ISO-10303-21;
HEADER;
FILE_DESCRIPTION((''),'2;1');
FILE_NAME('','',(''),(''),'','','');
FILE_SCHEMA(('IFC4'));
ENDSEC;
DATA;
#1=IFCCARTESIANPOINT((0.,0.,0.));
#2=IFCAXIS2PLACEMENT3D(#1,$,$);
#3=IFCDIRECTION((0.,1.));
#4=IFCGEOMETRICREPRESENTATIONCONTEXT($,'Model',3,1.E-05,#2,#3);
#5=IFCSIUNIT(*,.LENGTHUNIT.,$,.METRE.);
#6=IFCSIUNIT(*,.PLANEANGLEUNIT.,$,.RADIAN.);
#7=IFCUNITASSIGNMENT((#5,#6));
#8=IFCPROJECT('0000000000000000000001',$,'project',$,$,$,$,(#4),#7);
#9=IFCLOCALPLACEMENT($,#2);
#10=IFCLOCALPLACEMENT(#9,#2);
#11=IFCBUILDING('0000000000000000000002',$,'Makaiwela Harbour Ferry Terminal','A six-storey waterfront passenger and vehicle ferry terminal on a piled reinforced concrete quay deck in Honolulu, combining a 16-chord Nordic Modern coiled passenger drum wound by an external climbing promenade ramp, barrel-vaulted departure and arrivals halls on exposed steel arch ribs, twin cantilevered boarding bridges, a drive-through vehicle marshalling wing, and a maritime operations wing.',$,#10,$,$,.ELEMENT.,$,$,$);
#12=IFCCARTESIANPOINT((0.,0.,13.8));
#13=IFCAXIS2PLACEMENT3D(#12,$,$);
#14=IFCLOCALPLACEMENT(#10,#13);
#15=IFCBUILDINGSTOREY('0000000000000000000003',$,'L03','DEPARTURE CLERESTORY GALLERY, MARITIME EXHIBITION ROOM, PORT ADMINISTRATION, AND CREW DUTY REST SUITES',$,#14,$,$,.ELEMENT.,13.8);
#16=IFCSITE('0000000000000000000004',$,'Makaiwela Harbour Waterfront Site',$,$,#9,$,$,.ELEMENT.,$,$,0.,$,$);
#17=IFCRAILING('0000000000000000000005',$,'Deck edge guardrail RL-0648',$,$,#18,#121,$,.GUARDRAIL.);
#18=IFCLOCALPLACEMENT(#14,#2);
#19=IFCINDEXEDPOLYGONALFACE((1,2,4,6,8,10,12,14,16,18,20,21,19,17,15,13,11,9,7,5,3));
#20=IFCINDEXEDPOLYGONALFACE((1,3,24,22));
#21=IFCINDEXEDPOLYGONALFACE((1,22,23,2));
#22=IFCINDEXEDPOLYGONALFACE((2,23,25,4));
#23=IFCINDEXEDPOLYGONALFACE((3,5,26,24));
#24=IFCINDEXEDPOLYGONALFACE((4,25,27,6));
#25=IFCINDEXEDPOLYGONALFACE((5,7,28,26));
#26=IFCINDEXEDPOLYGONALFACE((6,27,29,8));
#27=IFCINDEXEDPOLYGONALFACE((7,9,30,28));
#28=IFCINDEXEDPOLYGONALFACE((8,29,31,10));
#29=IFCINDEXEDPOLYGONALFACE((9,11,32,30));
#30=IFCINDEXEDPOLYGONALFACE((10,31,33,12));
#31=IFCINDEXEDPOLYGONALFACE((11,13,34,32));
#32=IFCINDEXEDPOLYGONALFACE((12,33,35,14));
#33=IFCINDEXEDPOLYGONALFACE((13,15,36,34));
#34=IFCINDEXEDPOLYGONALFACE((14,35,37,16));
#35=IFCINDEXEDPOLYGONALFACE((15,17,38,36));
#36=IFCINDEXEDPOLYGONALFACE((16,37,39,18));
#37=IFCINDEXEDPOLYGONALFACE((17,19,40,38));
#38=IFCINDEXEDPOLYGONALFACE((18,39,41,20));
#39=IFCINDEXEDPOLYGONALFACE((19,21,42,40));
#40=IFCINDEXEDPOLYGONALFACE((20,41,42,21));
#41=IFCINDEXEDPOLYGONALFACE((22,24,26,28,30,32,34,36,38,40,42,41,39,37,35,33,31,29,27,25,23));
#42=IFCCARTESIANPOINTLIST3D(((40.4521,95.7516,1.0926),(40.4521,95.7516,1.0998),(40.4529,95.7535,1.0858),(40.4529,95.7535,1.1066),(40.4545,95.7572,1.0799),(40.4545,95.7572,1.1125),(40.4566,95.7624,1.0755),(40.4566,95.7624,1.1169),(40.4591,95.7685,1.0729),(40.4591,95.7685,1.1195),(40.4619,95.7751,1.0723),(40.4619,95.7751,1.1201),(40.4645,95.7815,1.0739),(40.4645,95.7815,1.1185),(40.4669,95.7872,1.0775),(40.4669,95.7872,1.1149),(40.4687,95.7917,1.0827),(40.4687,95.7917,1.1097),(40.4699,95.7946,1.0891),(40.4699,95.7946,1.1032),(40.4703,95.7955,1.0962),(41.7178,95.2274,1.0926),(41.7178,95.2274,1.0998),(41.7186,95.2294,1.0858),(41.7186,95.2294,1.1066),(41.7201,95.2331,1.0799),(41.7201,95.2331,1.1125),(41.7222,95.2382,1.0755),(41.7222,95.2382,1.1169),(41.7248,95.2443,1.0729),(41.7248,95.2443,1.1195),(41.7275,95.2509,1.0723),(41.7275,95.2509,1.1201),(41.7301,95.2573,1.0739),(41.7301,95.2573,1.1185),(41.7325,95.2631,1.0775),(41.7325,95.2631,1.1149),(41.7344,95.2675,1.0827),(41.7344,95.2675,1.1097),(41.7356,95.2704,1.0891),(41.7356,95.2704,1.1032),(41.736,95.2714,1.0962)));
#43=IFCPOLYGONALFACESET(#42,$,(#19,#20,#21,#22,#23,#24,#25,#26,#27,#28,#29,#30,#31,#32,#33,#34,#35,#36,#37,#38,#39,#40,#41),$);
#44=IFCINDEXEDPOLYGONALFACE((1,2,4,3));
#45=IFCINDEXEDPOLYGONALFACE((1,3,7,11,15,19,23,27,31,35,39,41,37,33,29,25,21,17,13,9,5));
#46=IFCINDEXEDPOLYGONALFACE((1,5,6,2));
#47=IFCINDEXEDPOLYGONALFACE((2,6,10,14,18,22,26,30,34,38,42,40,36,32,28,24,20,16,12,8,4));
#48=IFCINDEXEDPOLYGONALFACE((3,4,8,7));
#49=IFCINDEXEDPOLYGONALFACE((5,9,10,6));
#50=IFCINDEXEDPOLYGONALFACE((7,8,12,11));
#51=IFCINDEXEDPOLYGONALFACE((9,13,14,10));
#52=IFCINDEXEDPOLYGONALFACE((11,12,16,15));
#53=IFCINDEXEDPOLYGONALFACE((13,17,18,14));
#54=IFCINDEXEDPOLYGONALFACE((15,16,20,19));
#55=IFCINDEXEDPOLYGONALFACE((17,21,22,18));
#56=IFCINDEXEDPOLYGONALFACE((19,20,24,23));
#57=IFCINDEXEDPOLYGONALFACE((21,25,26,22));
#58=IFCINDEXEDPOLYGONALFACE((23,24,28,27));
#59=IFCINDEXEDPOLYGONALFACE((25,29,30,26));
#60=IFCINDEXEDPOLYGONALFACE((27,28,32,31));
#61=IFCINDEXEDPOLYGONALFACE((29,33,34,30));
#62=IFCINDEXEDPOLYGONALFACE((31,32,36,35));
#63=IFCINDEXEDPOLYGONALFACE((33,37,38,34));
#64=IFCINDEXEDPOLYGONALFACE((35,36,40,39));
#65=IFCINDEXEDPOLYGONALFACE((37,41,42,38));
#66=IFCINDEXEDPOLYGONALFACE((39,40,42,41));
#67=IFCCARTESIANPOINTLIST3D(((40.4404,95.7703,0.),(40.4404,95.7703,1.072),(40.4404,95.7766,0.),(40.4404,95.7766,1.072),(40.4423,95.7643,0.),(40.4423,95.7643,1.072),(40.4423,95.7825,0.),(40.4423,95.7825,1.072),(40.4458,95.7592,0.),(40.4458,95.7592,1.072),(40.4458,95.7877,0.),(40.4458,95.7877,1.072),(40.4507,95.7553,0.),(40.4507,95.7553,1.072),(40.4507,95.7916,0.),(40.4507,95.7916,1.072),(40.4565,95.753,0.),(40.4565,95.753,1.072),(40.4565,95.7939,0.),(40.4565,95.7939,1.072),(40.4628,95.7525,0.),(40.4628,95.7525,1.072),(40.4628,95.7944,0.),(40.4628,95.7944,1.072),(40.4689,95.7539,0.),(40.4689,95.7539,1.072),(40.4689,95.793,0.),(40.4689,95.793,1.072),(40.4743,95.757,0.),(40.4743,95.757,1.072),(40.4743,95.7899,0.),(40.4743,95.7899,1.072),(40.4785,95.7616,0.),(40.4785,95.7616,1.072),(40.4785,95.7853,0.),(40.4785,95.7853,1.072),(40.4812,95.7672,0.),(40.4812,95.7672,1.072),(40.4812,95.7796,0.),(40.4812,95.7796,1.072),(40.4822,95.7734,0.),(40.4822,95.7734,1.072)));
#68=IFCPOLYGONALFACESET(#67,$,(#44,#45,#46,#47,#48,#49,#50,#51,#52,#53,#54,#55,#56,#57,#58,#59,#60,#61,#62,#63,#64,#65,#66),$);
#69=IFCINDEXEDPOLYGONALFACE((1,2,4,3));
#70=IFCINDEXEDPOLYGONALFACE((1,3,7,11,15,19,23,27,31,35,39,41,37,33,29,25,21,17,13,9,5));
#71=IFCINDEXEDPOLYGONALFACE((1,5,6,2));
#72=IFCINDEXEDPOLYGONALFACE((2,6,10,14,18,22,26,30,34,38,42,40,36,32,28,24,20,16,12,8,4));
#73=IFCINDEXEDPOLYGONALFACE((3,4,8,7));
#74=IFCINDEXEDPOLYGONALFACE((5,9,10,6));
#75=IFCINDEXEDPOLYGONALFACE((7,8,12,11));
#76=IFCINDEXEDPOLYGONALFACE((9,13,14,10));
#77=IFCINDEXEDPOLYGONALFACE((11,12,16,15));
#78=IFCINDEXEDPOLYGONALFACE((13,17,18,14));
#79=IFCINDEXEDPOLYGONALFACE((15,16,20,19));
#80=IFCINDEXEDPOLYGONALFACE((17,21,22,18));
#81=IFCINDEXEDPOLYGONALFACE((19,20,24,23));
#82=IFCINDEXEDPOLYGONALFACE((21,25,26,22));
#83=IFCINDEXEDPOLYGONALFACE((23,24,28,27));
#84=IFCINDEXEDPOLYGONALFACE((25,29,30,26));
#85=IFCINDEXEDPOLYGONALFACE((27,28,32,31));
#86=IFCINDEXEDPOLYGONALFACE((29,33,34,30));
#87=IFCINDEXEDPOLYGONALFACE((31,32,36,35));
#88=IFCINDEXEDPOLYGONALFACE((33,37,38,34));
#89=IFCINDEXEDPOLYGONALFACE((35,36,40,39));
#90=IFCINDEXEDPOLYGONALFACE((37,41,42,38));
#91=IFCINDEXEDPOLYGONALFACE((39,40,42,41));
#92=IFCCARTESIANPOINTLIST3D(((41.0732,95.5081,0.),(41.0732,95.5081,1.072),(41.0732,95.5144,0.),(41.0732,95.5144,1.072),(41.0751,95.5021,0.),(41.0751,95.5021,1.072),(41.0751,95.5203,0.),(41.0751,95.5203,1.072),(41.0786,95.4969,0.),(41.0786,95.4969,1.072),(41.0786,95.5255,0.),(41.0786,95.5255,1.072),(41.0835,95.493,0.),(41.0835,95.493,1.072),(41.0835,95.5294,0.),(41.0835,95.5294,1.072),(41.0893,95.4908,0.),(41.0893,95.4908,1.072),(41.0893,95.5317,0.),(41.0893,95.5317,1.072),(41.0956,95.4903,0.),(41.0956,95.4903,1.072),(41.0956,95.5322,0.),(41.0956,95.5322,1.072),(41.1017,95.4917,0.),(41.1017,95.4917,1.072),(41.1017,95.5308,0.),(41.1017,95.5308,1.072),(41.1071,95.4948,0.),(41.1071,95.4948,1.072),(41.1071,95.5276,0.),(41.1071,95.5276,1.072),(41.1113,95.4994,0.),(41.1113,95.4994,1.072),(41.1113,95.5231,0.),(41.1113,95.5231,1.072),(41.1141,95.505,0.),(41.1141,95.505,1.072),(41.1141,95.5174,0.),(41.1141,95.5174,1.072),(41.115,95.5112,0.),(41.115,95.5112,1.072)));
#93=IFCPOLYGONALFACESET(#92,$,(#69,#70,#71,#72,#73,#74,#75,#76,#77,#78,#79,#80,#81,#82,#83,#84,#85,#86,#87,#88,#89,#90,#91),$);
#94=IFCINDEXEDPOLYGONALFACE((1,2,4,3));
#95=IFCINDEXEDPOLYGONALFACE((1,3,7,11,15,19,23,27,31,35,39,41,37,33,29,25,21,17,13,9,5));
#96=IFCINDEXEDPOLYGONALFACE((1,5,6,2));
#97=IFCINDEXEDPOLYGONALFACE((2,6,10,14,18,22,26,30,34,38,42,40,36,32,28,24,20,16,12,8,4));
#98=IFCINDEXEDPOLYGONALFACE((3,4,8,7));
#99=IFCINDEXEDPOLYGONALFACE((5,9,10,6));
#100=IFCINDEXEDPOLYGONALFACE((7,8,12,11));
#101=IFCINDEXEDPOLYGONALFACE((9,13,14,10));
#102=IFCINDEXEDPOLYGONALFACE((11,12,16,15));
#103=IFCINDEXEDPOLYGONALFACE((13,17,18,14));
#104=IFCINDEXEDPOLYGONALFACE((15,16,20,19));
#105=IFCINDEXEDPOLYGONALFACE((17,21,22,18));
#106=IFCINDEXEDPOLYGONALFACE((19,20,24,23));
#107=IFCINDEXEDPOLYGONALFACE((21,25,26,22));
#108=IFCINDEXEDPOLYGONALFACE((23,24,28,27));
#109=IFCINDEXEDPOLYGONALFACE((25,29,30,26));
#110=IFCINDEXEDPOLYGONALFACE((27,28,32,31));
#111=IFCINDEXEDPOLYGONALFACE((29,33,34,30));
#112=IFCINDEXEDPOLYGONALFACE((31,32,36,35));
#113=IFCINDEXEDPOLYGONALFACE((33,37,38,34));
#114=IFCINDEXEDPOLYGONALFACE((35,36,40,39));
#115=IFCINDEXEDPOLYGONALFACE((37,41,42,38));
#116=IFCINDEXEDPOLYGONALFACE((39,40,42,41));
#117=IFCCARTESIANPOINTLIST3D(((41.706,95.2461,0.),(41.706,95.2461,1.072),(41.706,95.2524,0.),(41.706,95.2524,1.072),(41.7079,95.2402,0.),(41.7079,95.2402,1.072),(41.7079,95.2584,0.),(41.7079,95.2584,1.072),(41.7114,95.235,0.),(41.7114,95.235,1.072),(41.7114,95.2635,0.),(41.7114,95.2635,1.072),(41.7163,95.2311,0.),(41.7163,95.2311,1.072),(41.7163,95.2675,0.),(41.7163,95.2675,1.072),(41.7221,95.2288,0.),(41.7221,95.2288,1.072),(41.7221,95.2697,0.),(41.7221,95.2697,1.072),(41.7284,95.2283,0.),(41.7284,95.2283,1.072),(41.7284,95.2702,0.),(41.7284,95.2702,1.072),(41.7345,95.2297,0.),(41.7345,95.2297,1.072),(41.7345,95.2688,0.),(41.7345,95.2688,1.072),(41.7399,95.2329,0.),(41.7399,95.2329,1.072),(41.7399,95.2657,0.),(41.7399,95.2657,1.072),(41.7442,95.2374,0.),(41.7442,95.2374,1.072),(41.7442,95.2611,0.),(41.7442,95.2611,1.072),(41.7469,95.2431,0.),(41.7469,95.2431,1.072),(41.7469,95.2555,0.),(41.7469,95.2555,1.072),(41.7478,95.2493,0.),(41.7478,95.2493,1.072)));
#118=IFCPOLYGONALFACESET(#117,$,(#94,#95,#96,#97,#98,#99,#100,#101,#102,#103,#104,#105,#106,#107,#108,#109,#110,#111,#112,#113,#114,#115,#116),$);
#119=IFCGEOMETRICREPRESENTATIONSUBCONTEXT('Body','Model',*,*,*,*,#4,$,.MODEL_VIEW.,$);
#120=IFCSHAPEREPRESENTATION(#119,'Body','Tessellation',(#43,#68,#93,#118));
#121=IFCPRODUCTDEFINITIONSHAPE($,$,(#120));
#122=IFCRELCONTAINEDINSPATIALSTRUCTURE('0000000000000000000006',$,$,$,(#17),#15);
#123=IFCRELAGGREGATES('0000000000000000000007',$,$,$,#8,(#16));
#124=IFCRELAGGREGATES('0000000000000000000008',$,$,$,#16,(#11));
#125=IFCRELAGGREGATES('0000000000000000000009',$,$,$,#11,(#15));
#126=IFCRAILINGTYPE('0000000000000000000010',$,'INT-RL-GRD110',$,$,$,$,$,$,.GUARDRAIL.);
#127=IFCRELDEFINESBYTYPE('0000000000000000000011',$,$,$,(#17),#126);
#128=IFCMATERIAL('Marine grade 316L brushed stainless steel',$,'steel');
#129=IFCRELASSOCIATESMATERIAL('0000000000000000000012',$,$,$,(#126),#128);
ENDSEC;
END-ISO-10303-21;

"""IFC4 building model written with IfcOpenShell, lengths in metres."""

from ifc_helpers import new_model, si_unit, direction, frame, origin, origin_2d, place, context, subcontext, project, spatial, circle, extrude, material, type_object, element, save


model = new_model("IFC4")

# Units and contexts
model_context = context("Model", 3, precision=1e-05, world=origin(), true_north=direction((0.0, 1.0)))
body_context = subcontext(model_context, "Body", "Model", "MODEL_VIEW")
ifc_project = project(units=[si_unit("LENGTHUNIT", "METRE"), si_unit("PLANEANGLEUNIT", "RADIAN")], contexts=[model_context])

# Site, building, storey
site_placement = place(None, origin())
site = spatial("IfcSite", under=ifc_project, at=site_placement, Name="Makaiwela Harbour Waterfront Site", CompositionType="ELEMENT", RefElevation=0.0)
building_placement = place(site_placement, origin())
building = spatial("IfcBuilding", under=site, at=building_placement, Name="Makaiwela Harbour Ferry Terminal", Description="A six-storey waterfront passenger and vehicle ferry terminal on a piled reinforced concrete quay deck in Honolulu, combining a 16-chord Nordic Modern coiled passenger drum wound by an external climbing promenade ramp, barrel-vaulted departure and arrivals halls on exposed steel arch ribs, twin cantilevered boarding bridges, a drive-through vehicle marshalling wing, and a maritime operations wing.", CompositionType="ELEMENT")
storey_placement = place(building_placement, frame((0.0, 0.0, 13.8)))
storey = spatial("IfcBuildingStorey", under=building, at=storey_placement, Name="L03", Description="DEPARTURE CLERESTORY GALLERY, MARITIME EXHIBITION ROOM, PORT ADMINISTRATION, AND CREW DUTY REST SUITES", CompositionType="ELEMENT", Elevation=13.8)

# Railing
ifc_material_1 = material(Name="Marine grade 316L brushed stainless steel", Category="steel")
railing_type_1 = type_object("IfcRailingType", Name="INT-RL-GRD110", PredefinedType="GUARDRAIL", material=ifc_material_1)
railing_1_placement = place(storey_placement, frame((40.4612, 95.7734, 0.0)))
element("IfcRailing", 1, at=railing_1_placement, inside=storey, type_object=railing_type_1, Name="Deck edge guardrail RL-0648", PredefinedType="GUARDRAIL", context=body_context, shape_type="SweptSolid", body=[
    extrude(circle(Radius=0.0239, at=origin_2d()), frame((0.0, 0.0, 1.0962), z_axis=(0.923897, -0.38264, 0.0), x_axis=(0.38264, 0.923897, 0.0)), (0.0, 0.0, 1.0), 1.3699),
    extrude(circle(Radius=0.021, at=origin_2d()), origin(), (0.0, 0.0, 1.0), 1.072),
    extrude(circle(Radius=0.021, at=origin_2d()), frame((0.6328, -0.2622, 0.0)), (0.0, 0.0, 1.0), 1.072),
    extrude(circle(Radius=0.021, at=origin_2d()), frame((1.2656, -0.5242, 0.0)), (0.0, 0.0, 1.0), 1.072),
])

save(model, "model.ifc")
